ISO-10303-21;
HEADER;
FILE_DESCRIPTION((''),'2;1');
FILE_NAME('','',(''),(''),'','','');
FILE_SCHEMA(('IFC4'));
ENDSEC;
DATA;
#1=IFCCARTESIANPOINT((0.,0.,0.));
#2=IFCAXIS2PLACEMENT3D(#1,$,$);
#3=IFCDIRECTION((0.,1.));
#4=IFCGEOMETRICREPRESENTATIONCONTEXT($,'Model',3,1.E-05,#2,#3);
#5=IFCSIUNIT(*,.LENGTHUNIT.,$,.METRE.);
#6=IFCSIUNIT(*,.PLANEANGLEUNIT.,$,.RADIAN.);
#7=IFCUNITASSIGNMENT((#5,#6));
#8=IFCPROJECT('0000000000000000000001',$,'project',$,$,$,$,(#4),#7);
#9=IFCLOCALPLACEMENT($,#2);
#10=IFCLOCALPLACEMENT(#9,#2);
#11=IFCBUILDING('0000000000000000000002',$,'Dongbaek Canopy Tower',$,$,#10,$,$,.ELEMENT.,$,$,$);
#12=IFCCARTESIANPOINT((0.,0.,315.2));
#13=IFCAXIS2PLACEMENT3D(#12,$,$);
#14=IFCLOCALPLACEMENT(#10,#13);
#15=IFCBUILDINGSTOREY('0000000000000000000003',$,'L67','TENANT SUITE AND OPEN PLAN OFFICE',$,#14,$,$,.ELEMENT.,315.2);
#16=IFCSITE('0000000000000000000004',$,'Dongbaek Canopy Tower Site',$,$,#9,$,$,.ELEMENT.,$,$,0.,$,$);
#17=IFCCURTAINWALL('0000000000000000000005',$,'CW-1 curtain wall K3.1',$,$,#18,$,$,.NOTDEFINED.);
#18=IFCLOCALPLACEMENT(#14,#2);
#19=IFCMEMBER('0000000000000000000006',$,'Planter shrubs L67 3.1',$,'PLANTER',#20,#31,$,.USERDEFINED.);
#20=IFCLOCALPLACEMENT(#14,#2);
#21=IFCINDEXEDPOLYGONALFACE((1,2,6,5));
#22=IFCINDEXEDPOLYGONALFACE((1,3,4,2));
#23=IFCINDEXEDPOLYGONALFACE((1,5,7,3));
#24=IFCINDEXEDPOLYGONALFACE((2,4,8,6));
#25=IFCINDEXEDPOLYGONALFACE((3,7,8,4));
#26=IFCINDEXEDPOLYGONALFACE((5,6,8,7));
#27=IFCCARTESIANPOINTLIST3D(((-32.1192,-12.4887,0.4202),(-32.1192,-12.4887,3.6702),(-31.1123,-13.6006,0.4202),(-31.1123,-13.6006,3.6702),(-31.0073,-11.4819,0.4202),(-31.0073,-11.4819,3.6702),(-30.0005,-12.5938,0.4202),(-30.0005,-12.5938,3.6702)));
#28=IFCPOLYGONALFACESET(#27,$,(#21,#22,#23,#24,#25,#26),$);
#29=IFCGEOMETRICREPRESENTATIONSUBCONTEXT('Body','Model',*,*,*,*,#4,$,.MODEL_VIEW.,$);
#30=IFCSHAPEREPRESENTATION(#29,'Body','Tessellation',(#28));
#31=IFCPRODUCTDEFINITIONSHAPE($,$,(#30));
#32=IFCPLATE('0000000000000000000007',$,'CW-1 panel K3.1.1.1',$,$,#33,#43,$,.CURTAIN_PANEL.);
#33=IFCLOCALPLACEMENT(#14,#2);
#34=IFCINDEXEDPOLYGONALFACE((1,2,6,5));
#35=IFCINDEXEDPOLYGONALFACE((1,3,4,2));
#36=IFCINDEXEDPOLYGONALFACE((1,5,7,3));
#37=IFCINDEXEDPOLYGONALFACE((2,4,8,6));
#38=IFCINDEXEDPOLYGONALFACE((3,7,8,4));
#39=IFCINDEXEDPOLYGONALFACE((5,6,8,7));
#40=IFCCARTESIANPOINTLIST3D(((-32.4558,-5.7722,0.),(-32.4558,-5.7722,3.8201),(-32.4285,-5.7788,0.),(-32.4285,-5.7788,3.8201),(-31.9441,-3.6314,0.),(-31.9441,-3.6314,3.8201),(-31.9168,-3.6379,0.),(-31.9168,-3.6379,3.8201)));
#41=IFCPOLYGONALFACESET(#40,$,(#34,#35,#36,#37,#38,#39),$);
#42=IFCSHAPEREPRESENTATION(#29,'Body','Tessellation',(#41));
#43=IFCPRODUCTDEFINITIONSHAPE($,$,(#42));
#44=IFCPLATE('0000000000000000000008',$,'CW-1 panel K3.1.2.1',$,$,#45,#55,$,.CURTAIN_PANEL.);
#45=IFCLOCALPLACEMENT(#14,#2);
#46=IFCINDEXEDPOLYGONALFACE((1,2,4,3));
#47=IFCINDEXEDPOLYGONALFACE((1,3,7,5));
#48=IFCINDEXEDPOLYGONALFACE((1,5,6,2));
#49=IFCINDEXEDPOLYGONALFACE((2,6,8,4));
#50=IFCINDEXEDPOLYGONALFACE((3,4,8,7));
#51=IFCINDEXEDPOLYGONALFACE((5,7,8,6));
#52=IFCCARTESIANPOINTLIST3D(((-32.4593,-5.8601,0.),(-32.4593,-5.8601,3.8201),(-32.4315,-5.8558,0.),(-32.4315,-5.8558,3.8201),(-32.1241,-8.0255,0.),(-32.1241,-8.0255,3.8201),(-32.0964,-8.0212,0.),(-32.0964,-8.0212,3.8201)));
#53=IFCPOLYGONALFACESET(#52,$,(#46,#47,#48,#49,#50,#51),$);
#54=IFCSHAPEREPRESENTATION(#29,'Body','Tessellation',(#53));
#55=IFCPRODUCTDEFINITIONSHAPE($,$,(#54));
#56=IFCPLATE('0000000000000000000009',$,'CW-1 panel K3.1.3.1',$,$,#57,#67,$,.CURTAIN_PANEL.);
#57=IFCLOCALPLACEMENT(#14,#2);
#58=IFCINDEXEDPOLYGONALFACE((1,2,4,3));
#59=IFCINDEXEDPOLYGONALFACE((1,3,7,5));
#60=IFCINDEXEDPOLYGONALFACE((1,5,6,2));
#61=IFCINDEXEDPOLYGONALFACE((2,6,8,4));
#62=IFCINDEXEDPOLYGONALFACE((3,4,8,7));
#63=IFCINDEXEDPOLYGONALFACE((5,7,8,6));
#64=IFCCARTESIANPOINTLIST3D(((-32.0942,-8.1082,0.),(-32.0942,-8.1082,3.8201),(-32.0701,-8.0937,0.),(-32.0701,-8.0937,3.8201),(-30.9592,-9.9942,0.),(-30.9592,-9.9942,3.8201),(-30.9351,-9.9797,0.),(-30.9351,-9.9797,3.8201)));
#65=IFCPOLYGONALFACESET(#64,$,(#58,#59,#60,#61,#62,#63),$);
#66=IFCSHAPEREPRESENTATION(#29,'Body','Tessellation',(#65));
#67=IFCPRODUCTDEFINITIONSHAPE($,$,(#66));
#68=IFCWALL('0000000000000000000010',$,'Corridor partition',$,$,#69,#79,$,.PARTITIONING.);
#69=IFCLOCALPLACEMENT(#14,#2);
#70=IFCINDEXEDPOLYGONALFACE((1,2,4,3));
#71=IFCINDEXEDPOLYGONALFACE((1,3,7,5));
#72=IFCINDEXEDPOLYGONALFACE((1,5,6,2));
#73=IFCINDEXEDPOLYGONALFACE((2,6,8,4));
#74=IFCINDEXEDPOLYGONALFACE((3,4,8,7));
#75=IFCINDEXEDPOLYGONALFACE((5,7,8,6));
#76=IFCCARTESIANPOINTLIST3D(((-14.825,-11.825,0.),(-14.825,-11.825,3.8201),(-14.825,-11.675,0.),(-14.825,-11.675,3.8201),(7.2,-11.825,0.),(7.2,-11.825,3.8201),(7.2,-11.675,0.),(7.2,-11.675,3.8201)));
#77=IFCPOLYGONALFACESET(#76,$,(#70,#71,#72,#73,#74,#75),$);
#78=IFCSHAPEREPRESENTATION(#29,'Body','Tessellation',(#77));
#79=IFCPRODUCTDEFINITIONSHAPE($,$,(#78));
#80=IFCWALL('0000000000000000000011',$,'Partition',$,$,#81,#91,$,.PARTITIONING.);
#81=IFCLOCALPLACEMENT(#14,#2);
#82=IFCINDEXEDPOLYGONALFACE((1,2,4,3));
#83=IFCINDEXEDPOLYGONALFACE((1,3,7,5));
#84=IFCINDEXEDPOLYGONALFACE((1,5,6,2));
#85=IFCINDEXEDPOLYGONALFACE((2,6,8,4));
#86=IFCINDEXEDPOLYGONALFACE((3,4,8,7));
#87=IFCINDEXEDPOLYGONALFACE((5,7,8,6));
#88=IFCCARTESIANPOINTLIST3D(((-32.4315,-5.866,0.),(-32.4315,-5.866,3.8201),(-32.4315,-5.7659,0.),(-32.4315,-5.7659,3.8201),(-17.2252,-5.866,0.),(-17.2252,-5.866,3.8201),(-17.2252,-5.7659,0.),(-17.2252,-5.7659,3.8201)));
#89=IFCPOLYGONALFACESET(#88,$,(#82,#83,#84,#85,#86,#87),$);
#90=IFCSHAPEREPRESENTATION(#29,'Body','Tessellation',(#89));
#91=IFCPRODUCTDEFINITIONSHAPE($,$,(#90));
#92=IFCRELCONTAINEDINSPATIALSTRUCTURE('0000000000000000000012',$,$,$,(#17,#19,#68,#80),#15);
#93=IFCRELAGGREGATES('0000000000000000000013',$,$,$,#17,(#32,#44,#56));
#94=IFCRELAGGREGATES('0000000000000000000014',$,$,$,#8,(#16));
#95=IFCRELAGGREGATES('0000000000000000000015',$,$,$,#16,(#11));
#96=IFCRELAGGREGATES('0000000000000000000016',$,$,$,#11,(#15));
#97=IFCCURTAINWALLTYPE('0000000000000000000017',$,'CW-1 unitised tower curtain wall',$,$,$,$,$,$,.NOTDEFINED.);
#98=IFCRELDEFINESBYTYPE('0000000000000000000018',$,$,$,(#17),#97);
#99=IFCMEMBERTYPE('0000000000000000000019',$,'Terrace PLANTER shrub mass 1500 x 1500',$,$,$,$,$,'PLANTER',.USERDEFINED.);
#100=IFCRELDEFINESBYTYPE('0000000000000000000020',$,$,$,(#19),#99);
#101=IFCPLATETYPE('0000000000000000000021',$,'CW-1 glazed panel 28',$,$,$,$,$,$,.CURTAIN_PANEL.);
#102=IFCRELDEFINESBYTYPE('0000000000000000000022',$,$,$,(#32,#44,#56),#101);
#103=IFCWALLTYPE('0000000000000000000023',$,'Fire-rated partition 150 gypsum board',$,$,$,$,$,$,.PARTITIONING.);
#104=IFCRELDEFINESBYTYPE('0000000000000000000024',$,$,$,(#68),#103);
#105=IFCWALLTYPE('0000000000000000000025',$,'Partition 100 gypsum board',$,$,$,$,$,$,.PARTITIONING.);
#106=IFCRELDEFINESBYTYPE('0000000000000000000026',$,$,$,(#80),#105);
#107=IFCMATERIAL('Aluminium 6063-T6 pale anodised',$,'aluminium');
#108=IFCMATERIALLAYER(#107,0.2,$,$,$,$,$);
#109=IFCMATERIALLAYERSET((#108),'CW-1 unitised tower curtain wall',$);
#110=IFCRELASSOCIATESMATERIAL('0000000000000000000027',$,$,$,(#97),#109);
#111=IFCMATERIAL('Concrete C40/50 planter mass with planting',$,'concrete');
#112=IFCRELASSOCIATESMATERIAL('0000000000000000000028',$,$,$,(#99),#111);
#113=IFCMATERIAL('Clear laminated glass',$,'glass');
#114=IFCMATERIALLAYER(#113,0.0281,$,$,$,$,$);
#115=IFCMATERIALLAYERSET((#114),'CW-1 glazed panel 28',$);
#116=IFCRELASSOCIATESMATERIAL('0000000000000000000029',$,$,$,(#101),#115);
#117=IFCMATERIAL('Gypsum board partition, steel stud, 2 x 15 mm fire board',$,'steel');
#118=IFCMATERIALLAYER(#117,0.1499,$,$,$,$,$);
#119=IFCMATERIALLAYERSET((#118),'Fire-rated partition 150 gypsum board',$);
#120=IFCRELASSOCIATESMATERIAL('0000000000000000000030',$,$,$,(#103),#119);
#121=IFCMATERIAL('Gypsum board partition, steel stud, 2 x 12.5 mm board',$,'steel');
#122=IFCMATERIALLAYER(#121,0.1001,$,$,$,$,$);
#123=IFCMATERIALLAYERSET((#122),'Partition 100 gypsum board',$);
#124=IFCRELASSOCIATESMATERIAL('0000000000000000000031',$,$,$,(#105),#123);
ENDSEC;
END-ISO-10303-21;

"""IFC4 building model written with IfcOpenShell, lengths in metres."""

from ifc_helpers import new_model, si_unit, direction, frame, frame_2d, origin, origin_2d, place, context, subcontext, project, spatial, rectangle, extrude, material, layer, layer_set, material_profile, profile_set, type_object, element, aggregate, save


model = new_model("IFC4")

# Units and contexts
model_context = context("Model", 3, precision=1e-05, world=origin(), true_north=direction((0.0, 1.0)))
body_context = subcontext(model_context, "Body", "Model", "MODEL_VIEW")
ifc_project = project(units=[si_unit("LENGTHUNIT", "METRE"), si_unit("PLANEANGLEUNIT", "RADIAN")], contexts=[model_context])

# Site, building, storey
site_placement = place(None, origin())
site = spatial("IfcSite", under=ifc_project, at=site_placement, Name="Dongbaek Canopy Tower Site", CompositionType="ELEMENT", RefElevation=0.0)
building_placement = place(site_placement, origin())
building = spatial("IfcBuilding", under=site, at=building_placement, Name="Dongbaek Canopy Tower", CompositionType="ELEMENT")
storey_placement = place(building_placement, frame((0.0, 0.0, 315.2)))
storey = spatial("IfcBuildingStorey", under=building, at=storey_placement, Name="L67", Description="TENANT SUITE AND OPEN PLAN OFFICE", CompositionType="ELEMENT", Elevation=315.2)

# Curtain wall
ifc_material_1 = material(Name="Aluminium 6063-T6 pale anodised", Category="aluminium")
ifc_layer_1 = layer(ifc_material_1, 0.2)
ifc_layer_set_1 = layer_set([ifc_layer_1], Name="CW-1 unitised tower curtain wall")
curtain_wall_type = type_object("IfcCurtainWallType", Name="CW-1 unitised tower curtain wall", PredefinedType="NOTDEFINED", material=ifc_layer_set_1)
curtain_wall_placement = place(storey_placement, origin())
curtain_wall = element("IfcCurtainWall", 1, at=curtain_wall_placement, inside=storey, type_object=curtain_wall_type, Name="CW-1 curtain wall K3.1", PredefinedType="NOTDEFINED")

# Member
ifc_material_2 = material(Name="Concrete C40/50 planter mass with planting", Category="concrete")
ifc_material_profile_1 = material_profile(ifc_material_2, rectangle(XDim=1.5, YDim=1.5, at=origin_2d()), Name="Terrace PLANTER shrub mass 1500 x 1500")
ifc_profile_set_1 = profile_set([ifc_material_profile_1], Name="Concrete C40/50 planter mass with planting")
member_type_1 = type_object("IfcMemberType", Name="Terrace PLANTER shrub mass 1500 x 1500", ElementType="PLANTER", PredefinedType="USERDEFINED", material=ifc_profile_set_1)
member_1_placement = place(storey_placement, frame((-31.0598, -12.5413, 0.4202), z_axis=(0.0, 0.0, 1.0), x_axis=(-0.741254, -0.671225, 0.0)))
element("IfcMember", 2, at=member_1_placement, inside=storey, type_object=member_type_1, Name="Planter shrubs L67 3.1", ObjectType="PLANTER", PredefinedType="USERDEFINED", context=body_context, shape_type="SweptSolid", body=[
    extrude(rectangle(XDim=1.5, YDim=1.5, at=origin_2d()), origin(), (0.0, 0.0, 1.0), 3.25),
])

# Plates
ifc_material_3 = material(Name="Clear laminated glass", Category="glass")
ifc_layer_2 = layer(ifc_material_3, 0.0281)
ifc_layer_set_2 = layer_set([ifc_layer_2], Name="CW-1 glazed panel 28")
plate_type = type_object("IfcPlateType", Name="CW-1 glazed panel 28", PredefinedType="CURTAIN_PANEL", material=ifc_layer_set_2)
plate_1_placement = place(storey_placement, frame((-32.1863, -4.7051, 0.0), z_axis=(0.0, 0.0, 1.0), x_axis=(-0.232482, -0.972601, 0.0)))
plate_1 = element("IfcPlate", 3, at=plate_1_placement, type_object=plate_type, Name="CW-1 panel K3.1.1.1", PredefinedType="CURTAIN_PANEL", context=body_context, shape_type="SweptSolid", body=[
    extrude(rectangle(XDim=2.2012, YDim=0.0281, at=origin_2d()), origin(), (0.0, 0.0, 1.0), 3.8201),
])
plate_2_placement = place(storey_placement, frame((-32.2778, -6.9407, 0.0), z_axis=(0.0, 0.0, 1.0), x_axis=(0.152964, -0.988232, 0.0)))
plate_2 = element("IfcPlate", 4, at=plate_2_placement, type_object=plate_type, Name="CW-1 panel K3.1.2.1", PredefinedType="CURTAIN_PANEL", context=body_context, shape_type="SweptSolid", body=[
    extrude(rectangle(XDim=2.1912, YDim=0.0281, at=origin_2d()), origin(), (0.0, 0.0, 1.0), 3.8201),
])
plate_3_placement = place(storey_placement, frame((-31.5146, -9.0439, 0.0), z_axis=(0.0, 0.0, 1.0), x_axis=(0.515646, -0.856802, 0.0)))
plate_3 = element("IfcPlate", 5, at=plate_3_placement, type_object=plate_type, Name="CW-1 panel K3.1.3.1", PredefinedType="CURTAIN_PANEL", context=body_context, shape_type="SweptSolid", body=[
    extrude(rectangle(XDim=2.2012, YDim=0.0281, at=origin_2d()), origin(), (0.0, 0.0, 1.0), 3.8201),
])
aggregate(curtain_wall, [plate_1, plate_2, plate_3])

# Walls
ifc_material_4 = material(Name="Gypsum board partition, steel stud, 2 x 15 mm fire board", Category="steel")
ifc_layer_3 = layer(ifc_material_4, 0.1499)
ifc_layer_set_3 = layer_set([ifc_layer_3], Name="Fire-rated partition 150 gypsum board")
wall_type_1 = type_object("IfcWallType", Name="Fire-rated partition 150 gypsum board", PredefinedType="PARTITIONING", material=ifc_layer_set_3)
wall_1_placement = place(storey_placement, frame((-14.825, -11.75, 0.0), z_axis=(0.0, 0.0, 1.0), x_axis=(1.0, 0.0, 0.0)))
element("IfcWall", 6, at=wall_1_placement, inside=storey, type_object=wall_type_1, Name="Corridor partition", PredefinedType="PARTITIONING", context=body_context, shape_type="SweptSolid", body=[
    extrude(rectangle(XDim=22.0249, YDim=0.1499, at=frame_2d((11.0125, 0.0))), origin(), (0.0, 0.0, 1.0), 3.8201),
])
ifc_material_5 = material(Name="Gypsum board partition, steel stud, 2 x 12.5 mm board", Category="steel")
ifc_layer_4 = layer(ifc_material_5, 0.1001)
ifc_layer_set_4 = layer_set([ifc_layer_4], Name="Partition 100 gypsum board")
wall_type_2 = type_object("IfcWallType", Name="Partition 100 gypsum board", PredefinedType="PARTITIONING", material=ifc_layer_set_4)
wall_2_placement = place(storey_placement, frame((-32.4314, -5.8159, 0.0), z_axis=(0.0, 0.0, 1.0), x_axis=(1.0, 0.0, 0.0)))
element("IfcWall", 7, at=wall_2_placement, inside=storey, type_object=wall_type_2, Name="Partition", PredefinedType="PARTITIONING", context=body_context, shape_type="SweptSolid", body=[
    extrude(rectangle(XDim=15.2063, YDim=0.1001, at=frame_2d((7.603, 0.0))), origin(), (0.0, 0.0, 1.0), 3.8201),
])

save(model, "model.ifc")
